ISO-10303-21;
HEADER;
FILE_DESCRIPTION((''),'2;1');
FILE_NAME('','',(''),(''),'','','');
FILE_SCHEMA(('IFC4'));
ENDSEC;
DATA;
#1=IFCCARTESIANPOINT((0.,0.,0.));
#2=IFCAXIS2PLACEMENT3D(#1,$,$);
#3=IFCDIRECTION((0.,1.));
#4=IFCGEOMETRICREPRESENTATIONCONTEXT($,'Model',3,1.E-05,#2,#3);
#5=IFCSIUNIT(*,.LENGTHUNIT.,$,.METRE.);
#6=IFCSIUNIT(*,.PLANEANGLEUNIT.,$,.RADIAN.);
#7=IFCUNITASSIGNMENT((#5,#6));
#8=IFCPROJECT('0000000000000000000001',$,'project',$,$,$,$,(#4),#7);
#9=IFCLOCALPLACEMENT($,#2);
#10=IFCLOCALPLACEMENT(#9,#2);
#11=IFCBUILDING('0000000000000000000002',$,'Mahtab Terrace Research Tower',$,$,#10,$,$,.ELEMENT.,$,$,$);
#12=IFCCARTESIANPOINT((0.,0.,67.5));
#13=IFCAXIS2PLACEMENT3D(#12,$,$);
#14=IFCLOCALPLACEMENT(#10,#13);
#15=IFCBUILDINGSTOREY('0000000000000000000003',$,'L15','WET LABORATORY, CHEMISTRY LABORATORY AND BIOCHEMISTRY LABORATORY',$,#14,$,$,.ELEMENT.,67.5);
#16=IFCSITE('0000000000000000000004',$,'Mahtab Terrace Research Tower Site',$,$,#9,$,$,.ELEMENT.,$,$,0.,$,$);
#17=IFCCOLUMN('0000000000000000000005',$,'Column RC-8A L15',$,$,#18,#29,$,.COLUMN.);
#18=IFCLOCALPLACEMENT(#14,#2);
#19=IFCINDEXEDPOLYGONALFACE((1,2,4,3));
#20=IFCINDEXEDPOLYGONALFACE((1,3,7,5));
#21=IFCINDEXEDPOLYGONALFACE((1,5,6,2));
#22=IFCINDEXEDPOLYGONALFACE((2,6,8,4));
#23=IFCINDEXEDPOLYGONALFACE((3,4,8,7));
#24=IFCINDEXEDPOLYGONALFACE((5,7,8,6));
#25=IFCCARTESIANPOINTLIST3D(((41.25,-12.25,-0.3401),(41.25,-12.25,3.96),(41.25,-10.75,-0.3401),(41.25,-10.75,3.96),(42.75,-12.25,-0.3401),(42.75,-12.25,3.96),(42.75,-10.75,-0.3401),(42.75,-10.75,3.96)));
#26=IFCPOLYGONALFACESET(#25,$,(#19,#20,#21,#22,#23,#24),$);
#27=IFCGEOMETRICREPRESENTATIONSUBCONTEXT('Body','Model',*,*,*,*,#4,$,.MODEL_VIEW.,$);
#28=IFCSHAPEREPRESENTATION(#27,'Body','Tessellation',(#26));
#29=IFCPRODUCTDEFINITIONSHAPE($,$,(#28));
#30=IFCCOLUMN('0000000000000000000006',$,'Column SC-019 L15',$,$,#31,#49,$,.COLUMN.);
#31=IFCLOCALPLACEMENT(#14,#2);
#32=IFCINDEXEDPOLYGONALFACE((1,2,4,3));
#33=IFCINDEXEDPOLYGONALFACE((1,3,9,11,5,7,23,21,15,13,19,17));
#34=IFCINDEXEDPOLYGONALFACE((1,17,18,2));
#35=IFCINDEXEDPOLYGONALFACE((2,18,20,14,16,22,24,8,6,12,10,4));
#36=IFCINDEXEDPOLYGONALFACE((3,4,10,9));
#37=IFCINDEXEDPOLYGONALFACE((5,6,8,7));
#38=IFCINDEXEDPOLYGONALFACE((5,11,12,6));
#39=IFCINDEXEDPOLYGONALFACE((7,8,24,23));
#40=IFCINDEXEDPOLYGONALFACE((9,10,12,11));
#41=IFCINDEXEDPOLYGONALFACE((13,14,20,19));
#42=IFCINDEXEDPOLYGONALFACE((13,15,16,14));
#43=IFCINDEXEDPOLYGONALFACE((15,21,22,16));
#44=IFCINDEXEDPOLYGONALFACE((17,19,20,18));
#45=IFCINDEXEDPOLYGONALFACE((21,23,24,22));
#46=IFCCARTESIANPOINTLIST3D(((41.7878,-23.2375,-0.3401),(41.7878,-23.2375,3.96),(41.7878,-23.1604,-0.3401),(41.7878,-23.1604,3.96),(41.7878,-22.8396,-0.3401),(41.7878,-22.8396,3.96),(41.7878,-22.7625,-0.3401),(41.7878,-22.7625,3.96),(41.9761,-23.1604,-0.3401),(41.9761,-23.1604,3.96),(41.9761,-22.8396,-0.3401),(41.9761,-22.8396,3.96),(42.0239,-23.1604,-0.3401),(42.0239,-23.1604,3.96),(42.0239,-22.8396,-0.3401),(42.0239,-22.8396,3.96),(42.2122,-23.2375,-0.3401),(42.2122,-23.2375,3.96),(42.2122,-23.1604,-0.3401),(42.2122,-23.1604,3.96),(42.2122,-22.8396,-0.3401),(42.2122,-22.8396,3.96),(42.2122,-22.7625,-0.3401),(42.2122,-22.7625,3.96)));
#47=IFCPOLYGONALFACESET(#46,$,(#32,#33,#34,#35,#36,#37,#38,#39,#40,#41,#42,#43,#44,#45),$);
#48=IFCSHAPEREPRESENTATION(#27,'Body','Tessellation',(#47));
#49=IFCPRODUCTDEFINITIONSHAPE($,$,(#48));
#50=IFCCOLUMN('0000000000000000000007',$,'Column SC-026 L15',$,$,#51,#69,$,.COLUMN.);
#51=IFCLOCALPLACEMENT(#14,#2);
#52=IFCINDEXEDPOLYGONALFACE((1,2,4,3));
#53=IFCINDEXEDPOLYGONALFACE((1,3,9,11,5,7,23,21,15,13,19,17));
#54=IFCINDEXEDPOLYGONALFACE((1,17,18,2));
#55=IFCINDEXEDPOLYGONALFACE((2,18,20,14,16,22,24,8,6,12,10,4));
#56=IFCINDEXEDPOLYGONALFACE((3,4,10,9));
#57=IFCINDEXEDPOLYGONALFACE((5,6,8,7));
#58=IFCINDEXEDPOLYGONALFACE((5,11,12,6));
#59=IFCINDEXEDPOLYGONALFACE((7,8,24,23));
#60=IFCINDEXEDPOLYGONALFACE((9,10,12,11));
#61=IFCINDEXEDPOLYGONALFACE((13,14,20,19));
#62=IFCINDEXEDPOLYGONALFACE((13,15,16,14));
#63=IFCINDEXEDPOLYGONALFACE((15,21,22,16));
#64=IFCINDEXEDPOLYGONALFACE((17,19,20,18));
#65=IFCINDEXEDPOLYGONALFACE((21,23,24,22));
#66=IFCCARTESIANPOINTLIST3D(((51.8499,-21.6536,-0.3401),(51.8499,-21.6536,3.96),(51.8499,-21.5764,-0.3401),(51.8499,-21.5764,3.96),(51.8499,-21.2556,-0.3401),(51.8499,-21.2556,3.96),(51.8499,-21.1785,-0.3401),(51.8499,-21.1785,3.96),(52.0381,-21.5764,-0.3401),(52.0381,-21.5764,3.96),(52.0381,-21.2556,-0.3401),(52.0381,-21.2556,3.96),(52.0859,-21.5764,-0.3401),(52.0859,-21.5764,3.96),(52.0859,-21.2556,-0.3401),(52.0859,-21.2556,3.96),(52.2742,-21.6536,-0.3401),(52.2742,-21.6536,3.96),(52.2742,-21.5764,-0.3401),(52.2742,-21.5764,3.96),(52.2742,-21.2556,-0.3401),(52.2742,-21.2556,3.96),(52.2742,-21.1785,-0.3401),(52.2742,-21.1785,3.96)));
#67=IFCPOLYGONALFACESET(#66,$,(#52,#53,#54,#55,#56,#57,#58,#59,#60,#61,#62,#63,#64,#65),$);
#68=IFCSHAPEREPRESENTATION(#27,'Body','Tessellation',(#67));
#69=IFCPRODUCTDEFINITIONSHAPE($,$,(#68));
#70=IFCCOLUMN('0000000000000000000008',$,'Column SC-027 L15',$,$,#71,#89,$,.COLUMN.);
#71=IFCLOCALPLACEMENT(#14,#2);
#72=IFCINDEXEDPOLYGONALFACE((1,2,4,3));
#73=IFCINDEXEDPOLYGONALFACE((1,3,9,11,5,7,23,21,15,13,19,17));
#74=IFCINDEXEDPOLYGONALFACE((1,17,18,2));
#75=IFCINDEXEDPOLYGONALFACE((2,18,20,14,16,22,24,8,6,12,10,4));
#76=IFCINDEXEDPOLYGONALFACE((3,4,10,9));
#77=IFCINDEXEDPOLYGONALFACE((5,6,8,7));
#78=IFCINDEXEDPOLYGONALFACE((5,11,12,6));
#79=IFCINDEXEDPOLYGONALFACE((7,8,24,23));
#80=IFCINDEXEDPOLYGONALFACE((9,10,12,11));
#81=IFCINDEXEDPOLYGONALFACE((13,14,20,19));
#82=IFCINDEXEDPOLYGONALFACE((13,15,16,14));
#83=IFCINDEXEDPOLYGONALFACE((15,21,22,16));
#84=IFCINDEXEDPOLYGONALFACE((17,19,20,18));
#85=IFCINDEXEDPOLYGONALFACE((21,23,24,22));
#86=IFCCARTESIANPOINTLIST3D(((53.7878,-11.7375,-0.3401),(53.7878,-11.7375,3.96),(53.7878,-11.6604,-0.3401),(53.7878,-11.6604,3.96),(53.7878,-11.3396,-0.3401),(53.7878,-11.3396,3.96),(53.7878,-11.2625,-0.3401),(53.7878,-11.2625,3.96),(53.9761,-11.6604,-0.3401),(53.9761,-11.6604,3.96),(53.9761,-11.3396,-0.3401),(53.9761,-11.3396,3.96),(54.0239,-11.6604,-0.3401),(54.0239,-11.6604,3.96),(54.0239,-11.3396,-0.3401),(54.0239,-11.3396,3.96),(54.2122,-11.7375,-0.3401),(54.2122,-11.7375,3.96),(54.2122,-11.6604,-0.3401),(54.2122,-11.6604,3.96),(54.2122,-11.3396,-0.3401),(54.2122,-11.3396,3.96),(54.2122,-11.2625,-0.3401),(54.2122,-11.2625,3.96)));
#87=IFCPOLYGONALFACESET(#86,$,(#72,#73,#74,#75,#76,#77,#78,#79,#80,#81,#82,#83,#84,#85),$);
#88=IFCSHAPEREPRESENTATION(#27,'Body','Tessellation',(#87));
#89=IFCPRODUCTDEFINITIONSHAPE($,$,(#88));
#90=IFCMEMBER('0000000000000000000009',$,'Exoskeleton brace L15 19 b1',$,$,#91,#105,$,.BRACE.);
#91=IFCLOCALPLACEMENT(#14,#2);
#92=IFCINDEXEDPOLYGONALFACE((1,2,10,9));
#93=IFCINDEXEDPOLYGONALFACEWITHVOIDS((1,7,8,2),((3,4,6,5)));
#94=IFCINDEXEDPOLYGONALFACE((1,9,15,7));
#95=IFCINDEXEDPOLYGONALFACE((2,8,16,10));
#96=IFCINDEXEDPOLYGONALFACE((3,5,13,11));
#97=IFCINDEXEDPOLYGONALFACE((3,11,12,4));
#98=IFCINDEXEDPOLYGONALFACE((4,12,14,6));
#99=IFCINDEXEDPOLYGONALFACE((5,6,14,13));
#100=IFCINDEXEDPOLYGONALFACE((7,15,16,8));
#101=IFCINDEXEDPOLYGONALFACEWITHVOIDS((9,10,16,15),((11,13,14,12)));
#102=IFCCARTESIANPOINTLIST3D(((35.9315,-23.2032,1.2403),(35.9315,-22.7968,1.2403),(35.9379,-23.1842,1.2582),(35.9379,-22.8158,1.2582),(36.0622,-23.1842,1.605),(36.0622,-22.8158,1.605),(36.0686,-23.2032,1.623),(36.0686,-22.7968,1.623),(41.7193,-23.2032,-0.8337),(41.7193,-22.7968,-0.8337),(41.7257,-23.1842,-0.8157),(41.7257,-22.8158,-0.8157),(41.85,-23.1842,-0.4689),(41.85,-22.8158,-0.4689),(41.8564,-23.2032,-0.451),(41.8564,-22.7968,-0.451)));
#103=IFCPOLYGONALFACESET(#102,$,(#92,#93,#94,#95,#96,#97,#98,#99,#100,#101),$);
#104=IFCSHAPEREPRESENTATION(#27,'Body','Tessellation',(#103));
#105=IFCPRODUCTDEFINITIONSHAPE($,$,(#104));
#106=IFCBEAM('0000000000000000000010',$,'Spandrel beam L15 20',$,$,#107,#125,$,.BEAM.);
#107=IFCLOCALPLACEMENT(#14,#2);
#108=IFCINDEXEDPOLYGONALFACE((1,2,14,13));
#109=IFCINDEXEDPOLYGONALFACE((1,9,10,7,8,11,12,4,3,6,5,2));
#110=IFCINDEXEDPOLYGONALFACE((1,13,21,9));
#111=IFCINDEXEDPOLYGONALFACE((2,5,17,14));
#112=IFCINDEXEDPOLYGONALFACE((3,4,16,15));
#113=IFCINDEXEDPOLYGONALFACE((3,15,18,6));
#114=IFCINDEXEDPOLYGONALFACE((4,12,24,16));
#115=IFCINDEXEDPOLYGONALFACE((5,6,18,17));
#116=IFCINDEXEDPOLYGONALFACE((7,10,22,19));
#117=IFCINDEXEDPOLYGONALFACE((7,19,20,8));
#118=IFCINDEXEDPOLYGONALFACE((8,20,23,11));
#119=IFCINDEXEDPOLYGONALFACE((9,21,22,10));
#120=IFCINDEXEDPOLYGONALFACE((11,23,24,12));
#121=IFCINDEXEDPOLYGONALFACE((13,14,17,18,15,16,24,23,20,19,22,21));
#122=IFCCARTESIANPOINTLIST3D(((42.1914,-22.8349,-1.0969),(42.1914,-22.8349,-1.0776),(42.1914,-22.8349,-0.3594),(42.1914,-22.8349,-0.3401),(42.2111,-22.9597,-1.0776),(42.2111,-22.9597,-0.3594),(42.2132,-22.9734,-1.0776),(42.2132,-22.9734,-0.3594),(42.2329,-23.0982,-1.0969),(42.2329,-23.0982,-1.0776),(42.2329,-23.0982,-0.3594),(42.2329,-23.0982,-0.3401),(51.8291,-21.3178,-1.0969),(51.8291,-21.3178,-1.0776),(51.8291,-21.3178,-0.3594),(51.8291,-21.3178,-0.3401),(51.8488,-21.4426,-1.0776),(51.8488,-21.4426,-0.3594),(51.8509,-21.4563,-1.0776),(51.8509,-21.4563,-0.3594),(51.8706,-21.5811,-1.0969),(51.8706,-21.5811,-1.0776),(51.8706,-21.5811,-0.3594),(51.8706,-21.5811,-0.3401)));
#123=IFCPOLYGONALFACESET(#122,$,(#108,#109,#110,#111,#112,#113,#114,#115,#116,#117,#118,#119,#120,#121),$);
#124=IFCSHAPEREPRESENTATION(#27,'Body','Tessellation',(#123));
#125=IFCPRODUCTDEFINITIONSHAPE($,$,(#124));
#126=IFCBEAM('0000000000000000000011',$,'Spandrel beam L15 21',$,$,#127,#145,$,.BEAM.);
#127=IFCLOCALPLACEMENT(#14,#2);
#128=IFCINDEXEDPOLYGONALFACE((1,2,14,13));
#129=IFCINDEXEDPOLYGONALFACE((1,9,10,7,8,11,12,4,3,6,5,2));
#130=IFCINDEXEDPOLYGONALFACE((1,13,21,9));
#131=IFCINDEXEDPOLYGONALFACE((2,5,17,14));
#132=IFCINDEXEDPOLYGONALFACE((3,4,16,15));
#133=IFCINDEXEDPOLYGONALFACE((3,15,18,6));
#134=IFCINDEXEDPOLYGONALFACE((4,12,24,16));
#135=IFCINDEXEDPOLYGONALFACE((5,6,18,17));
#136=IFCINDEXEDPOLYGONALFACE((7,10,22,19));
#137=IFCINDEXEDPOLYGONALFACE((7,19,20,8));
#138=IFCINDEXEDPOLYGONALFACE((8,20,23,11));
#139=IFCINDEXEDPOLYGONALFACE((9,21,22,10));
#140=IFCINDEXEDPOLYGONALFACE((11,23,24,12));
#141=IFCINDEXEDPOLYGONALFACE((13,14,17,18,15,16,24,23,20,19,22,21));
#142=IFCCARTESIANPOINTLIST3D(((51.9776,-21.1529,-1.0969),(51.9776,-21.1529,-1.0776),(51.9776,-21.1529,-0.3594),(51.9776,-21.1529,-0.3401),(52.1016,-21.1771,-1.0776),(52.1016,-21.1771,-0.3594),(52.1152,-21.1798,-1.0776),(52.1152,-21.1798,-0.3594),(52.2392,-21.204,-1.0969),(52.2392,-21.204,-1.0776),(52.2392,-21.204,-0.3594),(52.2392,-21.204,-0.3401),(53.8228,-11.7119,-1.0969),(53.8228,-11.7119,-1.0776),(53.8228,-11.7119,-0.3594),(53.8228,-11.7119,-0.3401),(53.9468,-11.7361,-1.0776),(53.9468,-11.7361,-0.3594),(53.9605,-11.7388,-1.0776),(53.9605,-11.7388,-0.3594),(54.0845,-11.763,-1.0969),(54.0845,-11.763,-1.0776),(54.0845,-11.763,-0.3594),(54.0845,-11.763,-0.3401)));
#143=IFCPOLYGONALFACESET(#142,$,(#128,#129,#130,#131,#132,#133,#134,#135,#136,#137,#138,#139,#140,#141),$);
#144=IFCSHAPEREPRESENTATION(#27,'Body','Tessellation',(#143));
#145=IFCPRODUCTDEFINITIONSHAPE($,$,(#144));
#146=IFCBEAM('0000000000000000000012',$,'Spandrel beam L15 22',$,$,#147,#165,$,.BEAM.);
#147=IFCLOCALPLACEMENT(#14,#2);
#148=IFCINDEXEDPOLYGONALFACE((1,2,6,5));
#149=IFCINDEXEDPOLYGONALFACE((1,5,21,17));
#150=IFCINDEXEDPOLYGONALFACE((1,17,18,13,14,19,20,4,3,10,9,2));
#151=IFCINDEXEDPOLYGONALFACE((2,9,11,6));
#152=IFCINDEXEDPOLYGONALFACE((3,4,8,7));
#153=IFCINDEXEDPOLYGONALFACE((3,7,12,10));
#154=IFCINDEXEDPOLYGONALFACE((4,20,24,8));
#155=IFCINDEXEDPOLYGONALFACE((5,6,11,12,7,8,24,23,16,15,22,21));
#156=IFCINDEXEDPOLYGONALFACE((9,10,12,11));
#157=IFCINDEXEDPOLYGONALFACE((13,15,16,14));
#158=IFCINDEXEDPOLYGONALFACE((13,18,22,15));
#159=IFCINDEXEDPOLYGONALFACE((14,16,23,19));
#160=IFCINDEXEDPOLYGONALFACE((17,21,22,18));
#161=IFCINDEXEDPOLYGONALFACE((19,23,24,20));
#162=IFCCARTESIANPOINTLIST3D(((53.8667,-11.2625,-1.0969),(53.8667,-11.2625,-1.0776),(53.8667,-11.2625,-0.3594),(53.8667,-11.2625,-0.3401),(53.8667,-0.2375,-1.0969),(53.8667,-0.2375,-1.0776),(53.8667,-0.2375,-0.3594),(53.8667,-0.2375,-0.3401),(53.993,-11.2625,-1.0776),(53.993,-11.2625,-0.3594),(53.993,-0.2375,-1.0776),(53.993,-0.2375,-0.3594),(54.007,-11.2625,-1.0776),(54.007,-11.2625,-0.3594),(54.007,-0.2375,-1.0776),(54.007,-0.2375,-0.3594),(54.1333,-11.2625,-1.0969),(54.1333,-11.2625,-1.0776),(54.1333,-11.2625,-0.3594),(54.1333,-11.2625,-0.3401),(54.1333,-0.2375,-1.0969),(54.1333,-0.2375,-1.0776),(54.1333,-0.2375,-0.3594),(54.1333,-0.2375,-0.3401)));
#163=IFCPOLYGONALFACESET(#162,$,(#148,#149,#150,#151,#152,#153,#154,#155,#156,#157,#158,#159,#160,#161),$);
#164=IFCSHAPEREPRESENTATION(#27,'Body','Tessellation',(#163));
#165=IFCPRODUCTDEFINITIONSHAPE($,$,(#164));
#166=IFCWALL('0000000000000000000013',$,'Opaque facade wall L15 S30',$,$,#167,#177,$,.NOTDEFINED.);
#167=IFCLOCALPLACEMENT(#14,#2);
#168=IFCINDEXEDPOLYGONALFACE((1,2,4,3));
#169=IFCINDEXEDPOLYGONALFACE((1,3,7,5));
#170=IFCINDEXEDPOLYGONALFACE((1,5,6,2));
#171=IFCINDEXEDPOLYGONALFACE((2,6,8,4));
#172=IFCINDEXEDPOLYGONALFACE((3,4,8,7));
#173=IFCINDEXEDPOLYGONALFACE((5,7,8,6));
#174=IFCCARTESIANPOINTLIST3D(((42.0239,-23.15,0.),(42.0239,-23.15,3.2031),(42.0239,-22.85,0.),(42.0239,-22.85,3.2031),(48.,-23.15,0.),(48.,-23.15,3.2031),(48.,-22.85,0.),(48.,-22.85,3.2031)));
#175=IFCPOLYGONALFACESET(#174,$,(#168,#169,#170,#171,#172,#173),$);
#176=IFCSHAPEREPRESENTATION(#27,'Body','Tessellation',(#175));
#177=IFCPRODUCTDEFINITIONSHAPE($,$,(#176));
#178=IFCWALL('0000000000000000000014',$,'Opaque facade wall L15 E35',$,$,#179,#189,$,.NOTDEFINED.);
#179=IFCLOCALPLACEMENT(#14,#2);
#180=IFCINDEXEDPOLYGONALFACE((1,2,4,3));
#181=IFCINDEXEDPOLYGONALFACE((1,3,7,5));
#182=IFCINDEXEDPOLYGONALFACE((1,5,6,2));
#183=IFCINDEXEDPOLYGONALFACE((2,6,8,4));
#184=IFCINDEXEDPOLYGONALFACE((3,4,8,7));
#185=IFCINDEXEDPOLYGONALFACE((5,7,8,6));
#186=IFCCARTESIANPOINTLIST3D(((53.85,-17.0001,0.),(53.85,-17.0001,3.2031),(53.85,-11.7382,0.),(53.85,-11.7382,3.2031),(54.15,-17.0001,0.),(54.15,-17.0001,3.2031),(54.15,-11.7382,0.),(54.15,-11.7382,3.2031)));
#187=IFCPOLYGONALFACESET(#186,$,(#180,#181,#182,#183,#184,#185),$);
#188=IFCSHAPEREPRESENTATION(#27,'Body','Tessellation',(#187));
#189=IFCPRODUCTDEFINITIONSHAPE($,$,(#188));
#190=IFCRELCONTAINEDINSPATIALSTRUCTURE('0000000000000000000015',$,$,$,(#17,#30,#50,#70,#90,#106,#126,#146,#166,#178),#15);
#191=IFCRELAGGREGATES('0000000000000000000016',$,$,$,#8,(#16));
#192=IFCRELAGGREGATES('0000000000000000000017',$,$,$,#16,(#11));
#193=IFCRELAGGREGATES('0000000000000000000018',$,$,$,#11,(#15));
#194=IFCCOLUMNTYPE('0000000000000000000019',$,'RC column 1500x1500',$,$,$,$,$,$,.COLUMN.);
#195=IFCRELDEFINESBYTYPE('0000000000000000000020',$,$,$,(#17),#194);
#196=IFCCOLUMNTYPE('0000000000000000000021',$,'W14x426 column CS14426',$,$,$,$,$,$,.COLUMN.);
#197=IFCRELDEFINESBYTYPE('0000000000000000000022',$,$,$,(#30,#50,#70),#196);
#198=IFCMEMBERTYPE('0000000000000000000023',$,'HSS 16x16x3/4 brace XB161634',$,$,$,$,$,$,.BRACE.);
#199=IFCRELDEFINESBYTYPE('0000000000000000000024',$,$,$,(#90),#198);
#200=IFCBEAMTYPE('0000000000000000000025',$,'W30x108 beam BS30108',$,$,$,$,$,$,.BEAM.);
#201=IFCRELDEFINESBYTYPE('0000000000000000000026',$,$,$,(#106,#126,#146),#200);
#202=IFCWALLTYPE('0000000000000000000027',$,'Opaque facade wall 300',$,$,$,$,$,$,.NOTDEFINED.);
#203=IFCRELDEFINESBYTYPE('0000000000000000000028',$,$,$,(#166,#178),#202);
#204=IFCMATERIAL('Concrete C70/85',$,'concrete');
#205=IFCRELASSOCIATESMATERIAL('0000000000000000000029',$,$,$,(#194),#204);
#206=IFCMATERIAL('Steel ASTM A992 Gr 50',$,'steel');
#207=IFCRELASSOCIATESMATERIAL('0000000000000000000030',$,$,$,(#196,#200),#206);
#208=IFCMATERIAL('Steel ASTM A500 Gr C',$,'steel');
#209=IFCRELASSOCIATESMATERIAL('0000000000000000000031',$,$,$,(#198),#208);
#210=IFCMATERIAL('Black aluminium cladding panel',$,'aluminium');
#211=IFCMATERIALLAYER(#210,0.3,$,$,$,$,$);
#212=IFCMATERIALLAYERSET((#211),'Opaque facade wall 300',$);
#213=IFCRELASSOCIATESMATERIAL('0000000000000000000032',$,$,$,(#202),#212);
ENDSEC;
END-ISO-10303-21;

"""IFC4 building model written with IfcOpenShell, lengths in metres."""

from ifc_helpers import new_model, si_unit, direction, frame, frame_2d, origin, origin_2d, place, context, subcontext, project, spatial, rectangle, hollow_rectangle, i_section, extrude, material, layer, layer_set, material_profile, profile_set, type_object, element, save


model = new_model("IFC4")

# Units and contexts
model_context = context("Model", 3, precision=1e-05, world=origin(), true_north=direction((0.0, 1.0)))
body_context = subcontext(model_context, "Body", "Model", "MODEL_VIEW")
ifc_project = project(units=[si_unit("LENGTHUNIT", "METRE"), si_unit("PLANEANGLEUNIT", "RADIAN")], contexts=[model_context])

# Site, building, storey
site_placement = place(None, origin())
site = spatial("IfcSite", under=ifc_project, at=site_placement, Name="Mahtab Terrace Research Tower Site", CompositionType="ELEMENT", RefElevation=0.0)
building_placement = place(site_placement, origin())
building = spatial("IfcBuilding", under=site, at=building_placement, Name="Mahtab Terrace Research Tower", CompositionType="ELEMENT")
storey_placement = place(building_placement, frame((0.0, 0.0, 67.5)))
storey = spatial("IfcBuildingStorey", under=building, at=storey_placement, Name="L15", Description="WET LABORATORY, CHEMISTRY LABORATORY AND BIOCHEMISTRY LABORATORY", CompositionType="ELEMENT", Elevation=67.5)

# Columns
ifc_material_1 = material(Name="Concrete C70/85", Category="concrete")
ifc_material_profile_1 = material_profile(ifc_material_1, rectangle(XDim=1.5, YDim=1.5, at=origin_2d()), Name="RC column 1500x1500")
ifc_profile_set_1 = profile_set([ifc_material_profile_1], Name="Concrete C70/85")
column_type_1 = type_object("IfcColumnType", Name="RC column 1500x1500", PredefinedType="COLUMN", material=ifc_profile_set_1)
column_placement = place(storey_placement, frame((42.0, -11.5, -0.3401), z_axis=(0.0, 0.0, 1.0), x_axis=(1.0, 0.0, 0.0)))
element("IfcColumn", 1, at=column_placement, inside=storey, type_object=column_type_1, Name="Column RC-8A L15", PredefinedType="COLUMN", context=body_context, shape_type="SweptSolid", body=[
    extrude(rectangle(XDim=1.5, YDim=1.5, at=origin_2d()), origin(), (0.0, 0.0, 1.0), 4.3),
])
ifc_material_2 = material(Name="Steel ASTM A992 Gr 50", Category="steel")
ifc_material_profile_2 = material_profile(ifc_material_2, i_section(OverallWidth=0.4243, OverallDepth=0.4751, WebThickness=0.0479, FlangeThickness=0.0771, at=origin_2d()), Name="W14X426")
ifc_profile_set_2 = profile_set([ifc_material_profile_2], Name="Steel ASTM A992 Gr 50")
column_type_2 = type_object("IfcColumnType", Name="W14x426 column CS14426", PredefinedType="COLUMN", material=ifc_profile_set_2)
for number, where, z_axis, x_axis, name in (
    (2, (42.0, -23.0, -0.3401), (0.0, 0.0, 1.0), (1.0, 0.0, 0.0), "Column SC-019 L15"),
    (3, (52.062, -21.416, -0.3401), (0.0, 0.0, 1.0), (1.0, 0.0, 0.0), "Column SC-026 L15"),
    (4, (54.0, -11.5, -0.3401), (0.0, 0.0, 1.0), (1.0, 0.0, 0.0), "Column SC-027 L15"),
):
    element("IfcColumn", number, at=place(storey_placement, frame(where, z_axis=z_axis, x_axis=x_axis)), inside=storey, type_object=column_type_2, Name=name, PredefinedType="COLUMN", context=body_context, shape_type="SweptSolid", body=[
        extrude(i_section(OverallWidth=0.4243, OverallDepth=0.4751, WebThickness=0.0479, FlangeThickness=0.0771, at=origin_2d()), origin(), (0.0, 0.0, 1.0), 4.3),
    ])

# Member
ifc_material_3 = material(Name="Steel ASTM A500 Gr C", Category="steel")
ifc_material_profile_3 = material_profile(ifc_material_3, hollow_rectangle(XDim=0.4065, YDim=0.4065, WallThickness=0.019, at=origin_2d()), Name="HSS16X16X3/4")
ifc_profile_set_3 = profile_set([ifc_material_profile_3], Name="Steel ASTM A500 Gr C")
member_type = type_object("IfcMemberType", Name="HSS 16x16x3/4 brace XB161634", PredefinedType="BRACE", material=ifc_profile_set_3)
member_placement = place(storey_placement, frame((41.7878, -23.0, -0.6423), z_axis=(-0.941387, 0.0, 0.33733), x_axis=(0.0, -1.0, 0.0)))
element("IfcMember", 5, at=member_placement, inside=storey, type_object=member_type, Name="Exoskeleton brace L15 19 b1", PredefinedType="BRACE", context=body_context, shape_type="SweptSolid", body=[
    extrude(hollow_rectangle(XDim=0.4065, YDim=0.4065, WallThickness=0.019, at=origin_2d()), origin(), (0.0, 0.0, 1.0), 6.1482),
])

# Beams
ifc_material_profile_4 = material_profile(ifc_material_2, i_section(OverallWidth=0.2666, OverallDepth=0.7568, WebThickness=0.0139, FlangeThickness=0.0193, at=origin_2d()), Name="W30X108")
ifc_profile_set_4 = profile_set([ifc_material_profile_4], Name="Steel ASTM A992 Gr 50")
beam_type = type_object("IfcBeamType", Name="W30x108 beam BS30108", PredefinedType="BEAM", material=ifc_profile_set_4)
beam_1_placement = place(storey_placement, frame((42.2122, -22.9666, -0.7185), z_axis=(0.987836, 0.155497, 0.0), x_axis=(-0.155497, 0.987836, 0.0)))
element("IfcBeam", 6, at=beam_1_placement, inside=storey, type_object=beam_type, Name="Spandrel beam L15 20", PredefinedType="BEAM", context=body_context, shape_type="SweptSolid", body=[
    extrude(i_section(OverallWidth=0.2666, OverallDepth=0.7568, WebThickness=0.0139, FlangeThickness=0.0193, at=origin_2d()), origin(), (0.0, 0.0, 1.0), 9.7563),
])
beam_2_placement = place(storey_placement, frame((52.1084, -21.1785, -0.7185), z_axis=(0.191819, 0.98143, 0.0), x_axis=(-0.98143, 0.191819, 0.0)))
element("IfcBeam", 7, at=beam_2_placement, inside=storey, type_object=beam_type, Name="Spandrel beam L15 21", PredefinedType="BEAM", context=body_context, shape_type="SweptSolid", body=[
    extrude(i_section(OverallWidth=0.2666, OverallDepth=0.7568, WebThickness=0.0139, FlangeThickness=0.0193, at=origin_2d()), origin(), (0.0, 0.0, 1.0), 9.6196),
])
beam_3_placement = place(storey_placement, frame((54.0, -11.2625, -0.7185), z_axis=(0.0, 1.0, 0.0), x_axis=(-1.0, 0.0, 0.0)))
element("IfcBeam", 8, at=beam_3_placement, inside=storey, type_object=beam_type, Name="Spandrel beam L15 22", PredefinedType="BEAM", context=body_context, shape_type="SweptSolid", body=[
    extrude(i_section(OverallWidth=0.2666, OverallDepth=0.7568, WebThickness=0.0139, FlangeThickness=0.0193, at=origin_2d()), origin(), (0.0, 0.0, 1.0), 11.0249),
])

# Walls
ifc_material_4 = material(Name="Black aluminium cladding panel", Category="aluminium")
ifc_layer_1 = layer(ifc_material_4, 0.3)
ifc_layer_set_1 = layer_set([ifc_layer_1], Name="Opaque facade wall 300")
wall_type_1 = type_object("IfcWallType", Name="Opaque facade wall 300", PredefinedType="NOTDEFINED", material=ifc_layer_set_1)
wall_1_placement = place(storey_placement, frame((42.0239, -23.0, 0.0), z_axis=(0.0, 0.0, 1.0), x_axis=(1.0, 0.0, 0.0)))
element("IfcWall", 9, at=wall_1_placement, inside=storey, type_object=wall_type_1, Name="Opaque facade wall L15 S30", PredefinedType="NOTDEFINED", context=body_context, shape_type="SweptSolid", body=[
    extrude(rectangle(XDim=5.9761, YDim=0.3, at=frame_2d((2.988, 0.0))), origin(), (0.0, 0.0, 1.0), 3.2031),
])
wall_2_placement = place(storey_placement, frame((54.0, -17.0, 0.0), z_axis=(0.0, 0.0, 1.0), x_axis=(0.0, 1.0, 0.0)))
element("IfcWall", 10, at=wall_2_placement, inside=storey, type_object=wall_type_1, Name="Opaque facade wall L15 E35", PredefinedType="NOTDEFINED", context=body_context, shape_type="SweptSolid", body=[
    extrude(rectangle(XDim=5.262, YDim=0.3, at=frame_2d((2.6309, 0.0))), origin(), (0.0, 0.0, 1.0), 3.2031),
])

save(model, "model.ifc")
